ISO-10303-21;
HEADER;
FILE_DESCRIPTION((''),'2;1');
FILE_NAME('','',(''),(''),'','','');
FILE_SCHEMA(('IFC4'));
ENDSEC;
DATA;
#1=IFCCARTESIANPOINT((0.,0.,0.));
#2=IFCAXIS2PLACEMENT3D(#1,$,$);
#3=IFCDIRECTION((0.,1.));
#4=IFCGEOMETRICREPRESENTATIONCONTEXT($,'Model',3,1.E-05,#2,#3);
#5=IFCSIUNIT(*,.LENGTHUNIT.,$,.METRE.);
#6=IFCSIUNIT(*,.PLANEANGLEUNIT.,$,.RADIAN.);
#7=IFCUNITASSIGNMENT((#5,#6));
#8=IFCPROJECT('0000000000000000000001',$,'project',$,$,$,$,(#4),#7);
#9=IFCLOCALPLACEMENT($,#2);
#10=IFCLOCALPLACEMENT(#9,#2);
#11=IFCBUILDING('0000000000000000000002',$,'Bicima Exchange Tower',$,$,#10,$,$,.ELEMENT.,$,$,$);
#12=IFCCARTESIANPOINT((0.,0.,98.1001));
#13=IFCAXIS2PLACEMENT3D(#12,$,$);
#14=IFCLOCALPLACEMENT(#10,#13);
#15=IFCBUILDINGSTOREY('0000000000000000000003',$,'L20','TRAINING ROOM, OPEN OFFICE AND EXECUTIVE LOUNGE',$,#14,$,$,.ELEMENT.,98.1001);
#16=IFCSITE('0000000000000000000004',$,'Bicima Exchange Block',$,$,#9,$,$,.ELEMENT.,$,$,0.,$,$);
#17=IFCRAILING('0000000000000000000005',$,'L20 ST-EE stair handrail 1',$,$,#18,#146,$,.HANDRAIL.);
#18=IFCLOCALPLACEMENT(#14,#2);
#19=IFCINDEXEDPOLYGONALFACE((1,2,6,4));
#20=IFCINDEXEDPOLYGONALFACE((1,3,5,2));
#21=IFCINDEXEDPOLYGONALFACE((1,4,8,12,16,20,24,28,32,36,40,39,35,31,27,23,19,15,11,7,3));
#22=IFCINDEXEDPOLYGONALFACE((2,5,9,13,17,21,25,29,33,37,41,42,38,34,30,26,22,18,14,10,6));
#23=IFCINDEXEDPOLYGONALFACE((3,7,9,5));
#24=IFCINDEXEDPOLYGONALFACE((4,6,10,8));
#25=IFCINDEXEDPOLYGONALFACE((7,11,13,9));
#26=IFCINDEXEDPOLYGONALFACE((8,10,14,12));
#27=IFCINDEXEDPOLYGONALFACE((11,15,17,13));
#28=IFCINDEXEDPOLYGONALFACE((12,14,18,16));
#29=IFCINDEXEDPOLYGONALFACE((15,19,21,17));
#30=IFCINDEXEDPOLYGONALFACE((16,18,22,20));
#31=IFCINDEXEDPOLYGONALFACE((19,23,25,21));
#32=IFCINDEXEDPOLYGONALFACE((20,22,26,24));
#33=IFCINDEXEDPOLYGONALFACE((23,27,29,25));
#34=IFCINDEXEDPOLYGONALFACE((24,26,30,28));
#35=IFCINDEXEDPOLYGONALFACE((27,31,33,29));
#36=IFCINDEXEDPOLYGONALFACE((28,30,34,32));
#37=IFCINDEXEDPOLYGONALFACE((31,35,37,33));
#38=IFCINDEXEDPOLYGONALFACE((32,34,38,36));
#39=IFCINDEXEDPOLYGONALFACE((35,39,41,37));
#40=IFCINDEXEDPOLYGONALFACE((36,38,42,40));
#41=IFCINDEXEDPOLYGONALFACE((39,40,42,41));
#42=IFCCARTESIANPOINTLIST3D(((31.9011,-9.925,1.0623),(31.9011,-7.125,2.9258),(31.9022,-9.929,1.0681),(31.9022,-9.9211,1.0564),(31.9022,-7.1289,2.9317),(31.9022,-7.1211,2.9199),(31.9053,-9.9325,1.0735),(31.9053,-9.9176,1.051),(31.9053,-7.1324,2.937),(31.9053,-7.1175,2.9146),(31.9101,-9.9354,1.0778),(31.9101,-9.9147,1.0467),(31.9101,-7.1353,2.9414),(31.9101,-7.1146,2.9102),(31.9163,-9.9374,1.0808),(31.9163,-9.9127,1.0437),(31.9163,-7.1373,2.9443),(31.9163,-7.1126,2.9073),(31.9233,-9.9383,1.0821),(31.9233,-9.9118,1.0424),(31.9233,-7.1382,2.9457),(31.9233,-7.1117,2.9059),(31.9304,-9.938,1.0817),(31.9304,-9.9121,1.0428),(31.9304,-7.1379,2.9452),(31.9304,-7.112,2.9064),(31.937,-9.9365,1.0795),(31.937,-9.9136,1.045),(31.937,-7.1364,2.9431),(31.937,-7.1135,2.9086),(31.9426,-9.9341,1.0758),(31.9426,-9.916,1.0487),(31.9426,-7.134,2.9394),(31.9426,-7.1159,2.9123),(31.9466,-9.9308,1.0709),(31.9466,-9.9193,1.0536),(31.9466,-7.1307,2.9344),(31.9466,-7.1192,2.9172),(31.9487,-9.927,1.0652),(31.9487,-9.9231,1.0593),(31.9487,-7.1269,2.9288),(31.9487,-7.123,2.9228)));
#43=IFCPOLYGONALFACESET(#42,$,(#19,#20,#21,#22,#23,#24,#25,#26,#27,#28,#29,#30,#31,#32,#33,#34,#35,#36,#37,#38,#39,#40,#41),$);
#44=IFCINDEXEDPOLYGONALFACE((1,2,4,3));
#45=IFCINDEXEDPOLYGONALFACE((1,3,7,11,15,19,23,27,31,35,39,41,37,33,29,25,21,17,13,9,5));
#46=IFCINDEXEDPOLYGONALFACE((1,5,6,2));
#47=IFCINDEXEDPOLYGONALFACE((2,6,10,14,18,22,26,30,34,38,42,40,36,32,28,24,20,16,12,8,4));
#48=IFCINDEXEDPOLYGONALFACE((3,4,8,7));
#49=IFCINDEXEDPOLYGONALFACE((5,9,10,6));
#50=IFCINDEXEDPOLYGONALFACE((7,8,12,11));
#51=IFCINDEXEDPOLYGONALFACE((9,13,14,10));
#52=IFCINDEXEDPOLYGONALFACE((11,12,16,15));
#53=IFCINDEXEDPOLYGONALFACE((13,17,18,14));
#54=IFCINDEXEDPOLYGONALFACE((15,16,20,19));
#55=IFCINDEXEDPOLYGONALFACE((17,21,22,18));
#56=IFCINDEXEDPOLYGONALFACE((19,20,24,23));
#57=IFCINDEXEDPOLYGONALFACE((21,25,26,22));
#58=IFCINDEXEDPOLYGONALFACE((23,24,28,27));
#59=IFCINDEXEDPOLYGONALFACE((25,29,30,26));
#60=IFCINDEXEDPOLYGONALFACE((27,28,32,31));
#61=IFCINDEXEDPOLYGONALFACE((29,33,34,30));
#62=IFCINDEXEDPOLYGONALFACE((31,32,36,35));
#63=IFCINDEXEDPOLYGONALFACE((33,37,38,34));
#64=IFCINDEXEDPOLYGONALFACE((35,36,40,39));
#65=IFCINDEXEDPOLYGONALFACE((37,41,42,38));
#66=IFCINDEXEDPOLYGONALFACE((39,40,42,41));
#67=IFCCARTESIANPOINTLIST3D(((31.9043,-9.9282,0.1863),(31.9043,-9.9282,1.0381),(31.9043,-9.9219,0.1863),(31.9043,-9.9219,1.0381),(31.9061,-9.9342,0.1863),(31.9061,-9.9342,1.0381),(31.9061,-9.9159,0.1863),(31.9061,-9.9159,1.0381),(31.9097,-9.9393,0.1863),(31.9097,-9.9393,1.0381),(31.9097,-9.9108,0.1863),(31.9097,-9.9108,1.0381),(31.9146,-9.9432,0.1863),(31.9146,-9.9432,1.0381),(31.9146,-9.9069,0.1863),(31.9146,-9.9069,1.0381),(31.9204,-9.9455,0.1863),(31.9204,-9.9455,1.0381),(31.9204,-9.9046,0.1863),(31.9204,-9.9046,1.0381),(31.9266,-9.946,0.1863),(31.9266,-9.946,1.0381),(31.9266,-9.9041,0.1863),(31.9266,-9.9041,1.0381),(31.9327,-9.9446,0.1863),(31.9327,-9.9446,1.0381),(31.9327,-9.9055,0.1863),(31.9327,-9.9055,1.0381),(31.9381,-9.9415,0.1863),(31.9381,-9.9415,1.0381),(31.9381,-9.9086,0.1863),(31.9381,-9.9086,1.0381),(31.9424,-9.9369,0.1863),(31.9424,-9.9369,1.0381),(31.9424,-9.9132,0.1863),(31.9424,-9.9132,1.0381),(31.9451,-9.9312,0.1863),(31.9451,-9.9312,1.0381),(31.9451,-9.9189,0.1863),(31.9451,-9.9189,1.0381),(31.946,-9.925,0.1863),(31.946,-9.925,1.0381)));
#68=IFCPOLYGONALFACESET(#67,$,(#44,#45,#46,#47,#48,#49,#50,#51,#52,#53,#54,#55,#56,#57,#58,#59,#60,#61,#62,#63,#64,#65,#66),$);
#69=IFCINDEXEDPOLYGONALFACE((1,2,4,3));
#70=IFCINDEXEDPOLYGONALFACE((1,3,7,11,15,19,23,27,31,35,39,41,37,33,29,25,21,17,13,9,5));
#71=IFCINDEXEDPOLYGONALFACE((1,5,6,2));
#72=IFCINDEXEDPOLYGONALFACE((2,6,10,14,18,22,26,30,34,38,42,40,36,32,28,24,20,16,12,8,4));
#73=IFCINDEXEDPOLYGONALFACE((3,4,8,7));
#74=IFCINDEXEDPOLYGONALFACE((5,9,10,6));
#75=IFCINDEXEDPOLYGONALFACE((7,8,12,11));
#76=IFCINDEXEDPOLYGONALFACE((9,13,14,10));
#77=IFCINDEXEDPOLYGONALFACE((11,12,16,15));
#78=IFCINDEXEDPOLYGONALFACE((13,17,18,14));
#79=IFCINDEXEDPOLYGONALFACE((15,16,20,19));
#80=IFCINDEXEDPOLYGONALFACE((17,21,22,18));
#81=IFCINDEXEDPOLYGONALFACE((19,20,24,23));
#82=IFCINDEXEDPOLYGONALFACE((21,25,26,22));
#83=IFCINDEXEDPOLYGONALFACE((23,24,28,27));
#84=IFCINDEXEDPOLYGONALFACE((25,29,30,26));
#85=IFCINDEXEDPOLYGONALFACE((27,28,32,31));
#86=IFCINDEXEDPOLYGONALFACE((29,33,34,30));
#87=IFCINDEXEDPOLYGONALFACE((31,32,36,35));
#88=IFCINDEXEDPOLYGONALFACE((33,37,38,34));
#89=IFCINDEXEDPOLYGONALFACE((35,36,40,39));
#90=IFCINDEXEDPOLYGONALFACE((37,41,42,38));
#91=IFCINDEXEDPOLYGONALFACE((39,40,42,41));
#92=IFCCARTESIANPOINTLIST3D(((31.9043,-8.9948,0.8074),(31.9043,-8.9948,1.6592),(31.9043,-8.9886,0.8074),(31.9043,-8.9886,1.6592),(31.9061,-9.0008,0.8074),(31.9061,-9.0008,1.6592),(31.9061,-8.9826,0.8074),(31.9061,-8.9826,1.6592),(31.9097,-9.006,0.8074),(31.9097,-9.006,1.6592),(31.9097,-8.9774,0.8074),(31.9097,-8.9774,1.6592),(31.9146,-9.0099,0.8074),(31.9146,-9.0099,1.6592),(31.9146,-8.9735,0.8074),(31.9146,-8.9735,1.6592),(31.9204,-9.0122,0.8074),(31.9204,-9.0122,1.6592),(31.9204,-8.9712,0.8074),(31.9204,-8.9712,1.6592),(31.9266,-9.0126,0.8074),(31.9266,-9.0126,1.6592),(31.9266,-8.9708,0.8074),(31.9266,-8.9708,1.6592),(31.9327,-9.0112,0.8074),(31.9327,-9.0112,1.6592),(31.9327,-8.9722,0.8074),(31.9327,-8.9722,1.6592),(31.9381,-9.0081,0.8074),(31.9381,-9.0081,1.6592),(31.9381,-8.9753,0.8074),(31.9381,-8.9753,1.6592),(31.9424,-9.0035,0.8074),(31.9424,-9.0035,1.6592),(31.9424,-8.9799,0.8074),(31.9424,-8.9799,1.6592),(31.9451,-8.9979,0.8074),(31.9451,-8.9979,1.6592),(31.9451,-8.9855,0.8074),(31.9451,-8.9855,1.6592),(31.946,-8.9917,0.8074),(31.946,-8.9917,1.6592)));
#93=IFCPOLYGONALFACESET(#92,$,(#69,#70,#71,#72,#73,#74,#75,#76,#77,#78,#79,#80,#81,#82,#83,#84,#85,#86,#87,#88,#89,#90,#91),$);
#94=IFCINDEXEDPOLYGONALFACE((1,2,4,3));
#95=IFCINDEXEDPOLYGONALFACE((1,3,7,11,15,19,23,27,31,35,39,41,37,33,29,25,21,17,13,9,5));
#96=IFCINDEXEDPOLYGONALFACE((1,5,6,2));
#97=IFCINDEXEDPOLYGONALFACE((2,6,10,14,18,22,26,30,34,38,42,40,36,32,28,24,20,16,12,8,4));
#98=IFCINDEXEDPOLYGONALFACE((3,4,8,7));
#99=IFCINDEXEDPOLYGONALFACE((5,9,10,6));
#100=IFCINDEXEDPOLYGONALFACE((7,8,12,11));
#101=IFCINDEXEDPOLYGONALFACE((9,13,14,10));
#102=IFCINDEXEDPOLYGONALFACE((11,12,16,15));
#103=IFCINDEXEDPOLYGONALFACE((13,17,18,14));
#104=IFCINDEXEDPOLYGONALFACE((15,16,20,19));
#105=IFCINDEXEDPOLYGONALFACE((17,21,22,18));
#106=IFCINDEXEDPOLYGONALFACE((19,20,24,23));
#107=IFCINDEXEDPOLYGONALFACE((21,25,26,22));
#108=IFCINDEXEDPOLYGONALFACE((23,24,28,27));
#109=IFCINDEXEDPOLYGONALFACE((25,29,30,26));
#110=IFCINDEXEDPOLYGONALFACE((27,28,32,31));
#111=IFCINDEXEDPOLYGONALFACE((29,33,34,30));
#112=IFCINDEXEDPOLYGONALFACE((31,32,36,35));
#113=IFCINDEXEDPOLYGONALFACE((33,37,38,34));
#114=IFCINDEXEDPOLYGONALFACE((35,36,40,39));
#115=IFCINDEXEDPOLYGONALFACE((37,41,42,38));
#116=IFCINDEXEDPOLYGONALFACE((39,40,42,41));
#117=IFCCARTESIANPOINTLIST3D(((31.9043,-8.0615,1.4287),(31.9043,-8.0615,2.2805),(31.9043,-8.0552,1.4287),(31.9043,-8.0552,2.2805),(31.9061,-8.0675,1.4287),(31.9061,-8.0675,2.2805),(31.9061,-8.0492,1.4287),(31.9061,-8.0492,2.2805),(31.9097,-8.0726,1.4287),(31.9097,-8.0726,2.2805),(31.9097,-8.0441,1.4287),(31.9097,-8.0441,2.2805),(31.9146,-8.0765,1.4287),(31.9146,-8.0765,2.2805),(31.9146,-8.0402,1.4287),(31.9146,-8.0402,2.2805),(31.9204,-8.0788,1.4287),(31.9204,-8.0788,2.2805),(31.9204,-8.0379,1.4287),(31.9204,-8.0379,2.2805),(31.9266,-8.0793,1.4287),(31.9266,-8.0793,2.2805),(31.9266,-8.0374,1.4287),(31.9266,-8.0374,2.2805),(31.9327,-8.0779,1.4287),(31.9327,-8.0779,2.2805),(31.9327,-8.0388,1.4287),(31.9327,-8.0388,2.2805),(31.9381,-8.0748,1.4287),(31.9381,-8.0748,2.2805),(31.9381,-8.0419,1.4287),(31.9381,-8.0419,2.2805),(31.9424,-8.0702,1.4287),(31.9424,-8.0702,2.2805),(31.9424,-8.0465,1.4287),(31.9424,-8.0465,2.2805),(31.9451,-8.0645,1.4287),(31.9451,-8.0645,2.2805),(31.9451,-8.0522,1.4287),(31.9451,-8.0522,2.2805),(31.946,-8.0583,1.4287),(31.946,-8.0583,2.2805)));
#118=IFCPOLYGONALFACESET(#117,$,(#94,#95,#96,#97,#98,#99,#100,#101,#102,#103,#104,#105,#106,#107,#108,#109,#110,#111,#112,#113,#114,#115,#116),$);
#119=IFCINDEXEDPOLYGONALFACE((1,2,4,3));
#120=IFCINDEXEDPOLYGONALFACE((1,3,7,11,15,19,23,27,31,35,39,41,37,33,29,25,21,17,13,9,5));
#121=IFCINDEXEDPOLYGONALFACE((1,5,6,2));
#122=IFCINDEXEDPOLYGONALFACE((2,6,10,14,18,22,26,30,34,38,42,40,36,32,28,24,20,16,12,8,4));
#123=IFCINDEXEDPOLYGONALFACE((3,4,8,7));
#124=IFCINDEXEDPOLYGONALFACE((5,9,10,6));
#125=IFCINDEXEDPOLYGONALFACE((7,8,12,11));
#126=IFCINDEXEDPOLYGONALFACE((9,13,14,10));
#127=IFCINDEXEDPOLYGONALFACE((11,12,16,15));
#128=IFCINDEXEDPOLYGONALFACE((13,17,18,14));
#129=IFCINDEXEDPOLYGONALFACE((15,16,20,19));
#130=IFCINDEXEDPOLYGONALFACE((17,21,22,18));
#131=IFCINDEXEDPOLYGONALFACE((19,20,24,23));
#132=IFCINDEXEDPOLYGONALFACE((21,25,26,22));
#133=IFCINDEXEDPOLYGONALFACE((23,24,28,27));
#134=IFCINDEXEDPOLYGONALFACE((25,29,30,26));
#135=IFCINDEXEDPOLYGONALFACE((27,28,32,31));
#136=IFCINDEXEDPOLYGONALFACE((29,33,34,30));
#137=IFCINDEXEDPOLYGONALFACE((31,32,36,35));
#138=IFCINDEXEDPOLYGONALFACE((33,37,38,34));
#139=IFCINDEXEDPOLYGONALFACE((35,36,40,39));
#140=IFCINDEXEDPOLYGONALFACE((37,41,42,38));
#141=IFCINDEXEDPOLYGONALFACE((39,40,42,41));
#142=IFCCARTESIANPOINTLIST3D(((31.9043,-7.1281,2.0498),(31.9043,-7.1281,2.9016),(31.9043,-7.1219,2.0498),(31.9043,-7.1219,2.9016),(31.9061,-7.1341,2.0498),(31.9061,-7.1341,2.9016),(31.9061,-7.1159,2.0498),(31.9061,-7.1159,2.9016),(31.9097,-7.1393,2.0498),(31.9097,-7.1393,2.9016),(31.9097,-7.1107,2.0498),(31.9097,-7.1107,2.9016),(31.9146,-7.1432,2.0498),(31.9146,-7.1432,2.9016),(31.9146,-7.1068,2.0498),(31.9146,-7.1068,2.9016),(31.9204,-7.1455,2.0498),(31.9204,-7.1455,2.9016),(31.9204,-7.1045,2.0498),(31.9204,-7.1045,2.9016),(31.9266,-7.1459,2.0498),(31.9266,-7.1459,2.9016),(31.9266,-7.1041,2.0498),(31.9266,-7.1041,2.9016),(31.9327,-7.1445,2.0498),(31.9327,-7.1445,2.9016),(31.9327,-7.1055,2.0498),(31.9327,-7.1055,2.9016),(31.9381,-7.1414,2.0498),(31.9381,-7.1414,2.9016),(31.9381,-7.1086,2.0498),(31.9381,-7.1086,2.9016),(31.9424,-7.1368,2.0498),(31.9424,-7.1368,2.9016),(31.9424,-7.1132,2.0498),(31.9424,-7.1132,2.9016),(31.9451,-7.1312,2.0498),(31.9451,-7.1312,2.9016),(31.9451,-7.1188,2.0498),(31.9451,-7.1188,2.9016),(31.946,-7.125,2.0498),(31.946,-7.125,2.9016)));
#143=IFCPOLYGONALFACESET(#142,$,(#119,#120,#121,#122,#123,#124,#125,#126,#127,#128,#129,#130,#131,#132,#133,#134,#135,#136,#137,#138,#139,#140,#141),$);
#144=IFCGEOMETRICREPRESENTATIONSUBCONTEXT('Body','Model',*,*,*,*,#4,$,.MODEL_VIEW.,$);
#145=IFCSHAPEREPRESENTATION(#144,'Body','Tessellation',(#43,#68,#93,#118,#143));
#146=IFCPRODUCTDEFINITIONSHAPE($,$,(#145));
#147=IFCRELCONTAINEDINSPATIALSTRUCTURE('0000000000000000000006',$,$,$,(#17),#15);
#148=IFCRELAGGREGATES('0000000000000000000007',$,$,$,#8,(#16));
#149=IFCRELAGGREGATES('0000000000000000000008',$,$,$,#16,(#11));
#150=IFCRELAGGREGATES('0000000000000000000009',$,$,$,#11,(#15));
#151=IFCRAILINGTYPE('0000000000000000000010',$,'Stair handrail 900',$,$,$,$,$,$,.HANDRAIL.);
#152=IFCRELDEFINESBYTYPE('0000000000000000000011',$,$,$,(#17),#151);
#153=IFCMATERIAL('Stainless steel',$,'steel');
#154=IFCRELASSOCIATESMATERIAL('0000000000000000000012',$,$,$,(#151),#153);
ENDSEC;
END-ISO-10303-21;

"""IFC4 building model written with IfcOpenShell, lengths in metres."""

from ifc_helpers import new_model, si_unit, direction, frame, origin, origin_2d, place, context, subcontext, project, spatial, circle, extrude, material, type_object, element, save


model = new_model("IFC4")

# Units and contexts
model_context = context("Model", 3, precision=1e-05, world=origin(), true_north=direction((0.0, 1.0)))
body_context = subcontext(model_context, "Body", "Model", "MODEL_VIEW")
ifc_project = project(units=[si_unit("LENGTHUNIT", "METRE"), si_unit("PLANEANGLEUNIT", "RADIAN")], contexts=[model_context])

# Site, building, storey
site_placement = place(None, origin())
site = spatial("IfcSite", under=ifc_project, at=site_placement, Name="Bicima Exchange Block", CompositionType="ELEMENT", RefElevation=0.0)
building_placement = place(site_placement, origin())
building = spatial("IfcBuilding", under=site, at=building_placement, Name="Bicima Exchange Tower", CompositionType="ELEMENT")
storey_placement = place(building_placement, frame((0.0, 0.0, 98.1001)))
storey = spatial("IfcBuildingStorey", under=building, at=storey_placement, Name="L20", Description="TRAINING ROOM, OPEN OFFICE AND EXECUTIVE LOUNGE", CompositionType="ELEMENT", Elevation=98.1001)

# Railing
ifc_material_1 = material(Name="Stainless steel", Category="steel")
railing_type_1 = type_object("IfcRailingType", Name="Stair handrail 900", PredefinedType="HANDRAIL", material=ifc_material_1)
railing_1_placement = place(storey_placement, frame((31.925, -9.925, 0.1863)))
element("IfcRailing", 1, at=railing_1_placement, inside=storey, type_object=railing_type_1, Name="L20 ST-EE stair handrail 1", PredefinedType="HANDRAIL", context=body_context, shape_type="SweptSolid", body=[
    extrude(circle(Radius=0.0239, at=origin_2d()), frame((0.0, 0.0, 0.876), z_axis=(0.0, 0.832486, 0.554047), x_axis=(-1.0, 0.0, 0.0)), (0.0, 0.0, 1.0), 3.3635),
    extrude(circle(Radius=0.021, at=origin_2d()), origin(), (0.0, 0.0, 1.0), 0.8518),
    extrude(circle(Radius=0.021, at=origin_2d()), frame((0.0, 0.9333, 0.6211)), (0.0, 0.0, 1.0), 0.8518),
    extrude(circle(Radius=0.021, at=origin_2d()), frame((0.0, 1.8667, 1.2424)), (0.0, 0.0, 1.0), 0.8518),
    extrude(circle(Radius=0.021, at=origin_2d()), frame((0.0, 2.8, 1.8635)), (0.0, 0.0, 1.0), 0.8518),
])

save(model, "model.ifc")
